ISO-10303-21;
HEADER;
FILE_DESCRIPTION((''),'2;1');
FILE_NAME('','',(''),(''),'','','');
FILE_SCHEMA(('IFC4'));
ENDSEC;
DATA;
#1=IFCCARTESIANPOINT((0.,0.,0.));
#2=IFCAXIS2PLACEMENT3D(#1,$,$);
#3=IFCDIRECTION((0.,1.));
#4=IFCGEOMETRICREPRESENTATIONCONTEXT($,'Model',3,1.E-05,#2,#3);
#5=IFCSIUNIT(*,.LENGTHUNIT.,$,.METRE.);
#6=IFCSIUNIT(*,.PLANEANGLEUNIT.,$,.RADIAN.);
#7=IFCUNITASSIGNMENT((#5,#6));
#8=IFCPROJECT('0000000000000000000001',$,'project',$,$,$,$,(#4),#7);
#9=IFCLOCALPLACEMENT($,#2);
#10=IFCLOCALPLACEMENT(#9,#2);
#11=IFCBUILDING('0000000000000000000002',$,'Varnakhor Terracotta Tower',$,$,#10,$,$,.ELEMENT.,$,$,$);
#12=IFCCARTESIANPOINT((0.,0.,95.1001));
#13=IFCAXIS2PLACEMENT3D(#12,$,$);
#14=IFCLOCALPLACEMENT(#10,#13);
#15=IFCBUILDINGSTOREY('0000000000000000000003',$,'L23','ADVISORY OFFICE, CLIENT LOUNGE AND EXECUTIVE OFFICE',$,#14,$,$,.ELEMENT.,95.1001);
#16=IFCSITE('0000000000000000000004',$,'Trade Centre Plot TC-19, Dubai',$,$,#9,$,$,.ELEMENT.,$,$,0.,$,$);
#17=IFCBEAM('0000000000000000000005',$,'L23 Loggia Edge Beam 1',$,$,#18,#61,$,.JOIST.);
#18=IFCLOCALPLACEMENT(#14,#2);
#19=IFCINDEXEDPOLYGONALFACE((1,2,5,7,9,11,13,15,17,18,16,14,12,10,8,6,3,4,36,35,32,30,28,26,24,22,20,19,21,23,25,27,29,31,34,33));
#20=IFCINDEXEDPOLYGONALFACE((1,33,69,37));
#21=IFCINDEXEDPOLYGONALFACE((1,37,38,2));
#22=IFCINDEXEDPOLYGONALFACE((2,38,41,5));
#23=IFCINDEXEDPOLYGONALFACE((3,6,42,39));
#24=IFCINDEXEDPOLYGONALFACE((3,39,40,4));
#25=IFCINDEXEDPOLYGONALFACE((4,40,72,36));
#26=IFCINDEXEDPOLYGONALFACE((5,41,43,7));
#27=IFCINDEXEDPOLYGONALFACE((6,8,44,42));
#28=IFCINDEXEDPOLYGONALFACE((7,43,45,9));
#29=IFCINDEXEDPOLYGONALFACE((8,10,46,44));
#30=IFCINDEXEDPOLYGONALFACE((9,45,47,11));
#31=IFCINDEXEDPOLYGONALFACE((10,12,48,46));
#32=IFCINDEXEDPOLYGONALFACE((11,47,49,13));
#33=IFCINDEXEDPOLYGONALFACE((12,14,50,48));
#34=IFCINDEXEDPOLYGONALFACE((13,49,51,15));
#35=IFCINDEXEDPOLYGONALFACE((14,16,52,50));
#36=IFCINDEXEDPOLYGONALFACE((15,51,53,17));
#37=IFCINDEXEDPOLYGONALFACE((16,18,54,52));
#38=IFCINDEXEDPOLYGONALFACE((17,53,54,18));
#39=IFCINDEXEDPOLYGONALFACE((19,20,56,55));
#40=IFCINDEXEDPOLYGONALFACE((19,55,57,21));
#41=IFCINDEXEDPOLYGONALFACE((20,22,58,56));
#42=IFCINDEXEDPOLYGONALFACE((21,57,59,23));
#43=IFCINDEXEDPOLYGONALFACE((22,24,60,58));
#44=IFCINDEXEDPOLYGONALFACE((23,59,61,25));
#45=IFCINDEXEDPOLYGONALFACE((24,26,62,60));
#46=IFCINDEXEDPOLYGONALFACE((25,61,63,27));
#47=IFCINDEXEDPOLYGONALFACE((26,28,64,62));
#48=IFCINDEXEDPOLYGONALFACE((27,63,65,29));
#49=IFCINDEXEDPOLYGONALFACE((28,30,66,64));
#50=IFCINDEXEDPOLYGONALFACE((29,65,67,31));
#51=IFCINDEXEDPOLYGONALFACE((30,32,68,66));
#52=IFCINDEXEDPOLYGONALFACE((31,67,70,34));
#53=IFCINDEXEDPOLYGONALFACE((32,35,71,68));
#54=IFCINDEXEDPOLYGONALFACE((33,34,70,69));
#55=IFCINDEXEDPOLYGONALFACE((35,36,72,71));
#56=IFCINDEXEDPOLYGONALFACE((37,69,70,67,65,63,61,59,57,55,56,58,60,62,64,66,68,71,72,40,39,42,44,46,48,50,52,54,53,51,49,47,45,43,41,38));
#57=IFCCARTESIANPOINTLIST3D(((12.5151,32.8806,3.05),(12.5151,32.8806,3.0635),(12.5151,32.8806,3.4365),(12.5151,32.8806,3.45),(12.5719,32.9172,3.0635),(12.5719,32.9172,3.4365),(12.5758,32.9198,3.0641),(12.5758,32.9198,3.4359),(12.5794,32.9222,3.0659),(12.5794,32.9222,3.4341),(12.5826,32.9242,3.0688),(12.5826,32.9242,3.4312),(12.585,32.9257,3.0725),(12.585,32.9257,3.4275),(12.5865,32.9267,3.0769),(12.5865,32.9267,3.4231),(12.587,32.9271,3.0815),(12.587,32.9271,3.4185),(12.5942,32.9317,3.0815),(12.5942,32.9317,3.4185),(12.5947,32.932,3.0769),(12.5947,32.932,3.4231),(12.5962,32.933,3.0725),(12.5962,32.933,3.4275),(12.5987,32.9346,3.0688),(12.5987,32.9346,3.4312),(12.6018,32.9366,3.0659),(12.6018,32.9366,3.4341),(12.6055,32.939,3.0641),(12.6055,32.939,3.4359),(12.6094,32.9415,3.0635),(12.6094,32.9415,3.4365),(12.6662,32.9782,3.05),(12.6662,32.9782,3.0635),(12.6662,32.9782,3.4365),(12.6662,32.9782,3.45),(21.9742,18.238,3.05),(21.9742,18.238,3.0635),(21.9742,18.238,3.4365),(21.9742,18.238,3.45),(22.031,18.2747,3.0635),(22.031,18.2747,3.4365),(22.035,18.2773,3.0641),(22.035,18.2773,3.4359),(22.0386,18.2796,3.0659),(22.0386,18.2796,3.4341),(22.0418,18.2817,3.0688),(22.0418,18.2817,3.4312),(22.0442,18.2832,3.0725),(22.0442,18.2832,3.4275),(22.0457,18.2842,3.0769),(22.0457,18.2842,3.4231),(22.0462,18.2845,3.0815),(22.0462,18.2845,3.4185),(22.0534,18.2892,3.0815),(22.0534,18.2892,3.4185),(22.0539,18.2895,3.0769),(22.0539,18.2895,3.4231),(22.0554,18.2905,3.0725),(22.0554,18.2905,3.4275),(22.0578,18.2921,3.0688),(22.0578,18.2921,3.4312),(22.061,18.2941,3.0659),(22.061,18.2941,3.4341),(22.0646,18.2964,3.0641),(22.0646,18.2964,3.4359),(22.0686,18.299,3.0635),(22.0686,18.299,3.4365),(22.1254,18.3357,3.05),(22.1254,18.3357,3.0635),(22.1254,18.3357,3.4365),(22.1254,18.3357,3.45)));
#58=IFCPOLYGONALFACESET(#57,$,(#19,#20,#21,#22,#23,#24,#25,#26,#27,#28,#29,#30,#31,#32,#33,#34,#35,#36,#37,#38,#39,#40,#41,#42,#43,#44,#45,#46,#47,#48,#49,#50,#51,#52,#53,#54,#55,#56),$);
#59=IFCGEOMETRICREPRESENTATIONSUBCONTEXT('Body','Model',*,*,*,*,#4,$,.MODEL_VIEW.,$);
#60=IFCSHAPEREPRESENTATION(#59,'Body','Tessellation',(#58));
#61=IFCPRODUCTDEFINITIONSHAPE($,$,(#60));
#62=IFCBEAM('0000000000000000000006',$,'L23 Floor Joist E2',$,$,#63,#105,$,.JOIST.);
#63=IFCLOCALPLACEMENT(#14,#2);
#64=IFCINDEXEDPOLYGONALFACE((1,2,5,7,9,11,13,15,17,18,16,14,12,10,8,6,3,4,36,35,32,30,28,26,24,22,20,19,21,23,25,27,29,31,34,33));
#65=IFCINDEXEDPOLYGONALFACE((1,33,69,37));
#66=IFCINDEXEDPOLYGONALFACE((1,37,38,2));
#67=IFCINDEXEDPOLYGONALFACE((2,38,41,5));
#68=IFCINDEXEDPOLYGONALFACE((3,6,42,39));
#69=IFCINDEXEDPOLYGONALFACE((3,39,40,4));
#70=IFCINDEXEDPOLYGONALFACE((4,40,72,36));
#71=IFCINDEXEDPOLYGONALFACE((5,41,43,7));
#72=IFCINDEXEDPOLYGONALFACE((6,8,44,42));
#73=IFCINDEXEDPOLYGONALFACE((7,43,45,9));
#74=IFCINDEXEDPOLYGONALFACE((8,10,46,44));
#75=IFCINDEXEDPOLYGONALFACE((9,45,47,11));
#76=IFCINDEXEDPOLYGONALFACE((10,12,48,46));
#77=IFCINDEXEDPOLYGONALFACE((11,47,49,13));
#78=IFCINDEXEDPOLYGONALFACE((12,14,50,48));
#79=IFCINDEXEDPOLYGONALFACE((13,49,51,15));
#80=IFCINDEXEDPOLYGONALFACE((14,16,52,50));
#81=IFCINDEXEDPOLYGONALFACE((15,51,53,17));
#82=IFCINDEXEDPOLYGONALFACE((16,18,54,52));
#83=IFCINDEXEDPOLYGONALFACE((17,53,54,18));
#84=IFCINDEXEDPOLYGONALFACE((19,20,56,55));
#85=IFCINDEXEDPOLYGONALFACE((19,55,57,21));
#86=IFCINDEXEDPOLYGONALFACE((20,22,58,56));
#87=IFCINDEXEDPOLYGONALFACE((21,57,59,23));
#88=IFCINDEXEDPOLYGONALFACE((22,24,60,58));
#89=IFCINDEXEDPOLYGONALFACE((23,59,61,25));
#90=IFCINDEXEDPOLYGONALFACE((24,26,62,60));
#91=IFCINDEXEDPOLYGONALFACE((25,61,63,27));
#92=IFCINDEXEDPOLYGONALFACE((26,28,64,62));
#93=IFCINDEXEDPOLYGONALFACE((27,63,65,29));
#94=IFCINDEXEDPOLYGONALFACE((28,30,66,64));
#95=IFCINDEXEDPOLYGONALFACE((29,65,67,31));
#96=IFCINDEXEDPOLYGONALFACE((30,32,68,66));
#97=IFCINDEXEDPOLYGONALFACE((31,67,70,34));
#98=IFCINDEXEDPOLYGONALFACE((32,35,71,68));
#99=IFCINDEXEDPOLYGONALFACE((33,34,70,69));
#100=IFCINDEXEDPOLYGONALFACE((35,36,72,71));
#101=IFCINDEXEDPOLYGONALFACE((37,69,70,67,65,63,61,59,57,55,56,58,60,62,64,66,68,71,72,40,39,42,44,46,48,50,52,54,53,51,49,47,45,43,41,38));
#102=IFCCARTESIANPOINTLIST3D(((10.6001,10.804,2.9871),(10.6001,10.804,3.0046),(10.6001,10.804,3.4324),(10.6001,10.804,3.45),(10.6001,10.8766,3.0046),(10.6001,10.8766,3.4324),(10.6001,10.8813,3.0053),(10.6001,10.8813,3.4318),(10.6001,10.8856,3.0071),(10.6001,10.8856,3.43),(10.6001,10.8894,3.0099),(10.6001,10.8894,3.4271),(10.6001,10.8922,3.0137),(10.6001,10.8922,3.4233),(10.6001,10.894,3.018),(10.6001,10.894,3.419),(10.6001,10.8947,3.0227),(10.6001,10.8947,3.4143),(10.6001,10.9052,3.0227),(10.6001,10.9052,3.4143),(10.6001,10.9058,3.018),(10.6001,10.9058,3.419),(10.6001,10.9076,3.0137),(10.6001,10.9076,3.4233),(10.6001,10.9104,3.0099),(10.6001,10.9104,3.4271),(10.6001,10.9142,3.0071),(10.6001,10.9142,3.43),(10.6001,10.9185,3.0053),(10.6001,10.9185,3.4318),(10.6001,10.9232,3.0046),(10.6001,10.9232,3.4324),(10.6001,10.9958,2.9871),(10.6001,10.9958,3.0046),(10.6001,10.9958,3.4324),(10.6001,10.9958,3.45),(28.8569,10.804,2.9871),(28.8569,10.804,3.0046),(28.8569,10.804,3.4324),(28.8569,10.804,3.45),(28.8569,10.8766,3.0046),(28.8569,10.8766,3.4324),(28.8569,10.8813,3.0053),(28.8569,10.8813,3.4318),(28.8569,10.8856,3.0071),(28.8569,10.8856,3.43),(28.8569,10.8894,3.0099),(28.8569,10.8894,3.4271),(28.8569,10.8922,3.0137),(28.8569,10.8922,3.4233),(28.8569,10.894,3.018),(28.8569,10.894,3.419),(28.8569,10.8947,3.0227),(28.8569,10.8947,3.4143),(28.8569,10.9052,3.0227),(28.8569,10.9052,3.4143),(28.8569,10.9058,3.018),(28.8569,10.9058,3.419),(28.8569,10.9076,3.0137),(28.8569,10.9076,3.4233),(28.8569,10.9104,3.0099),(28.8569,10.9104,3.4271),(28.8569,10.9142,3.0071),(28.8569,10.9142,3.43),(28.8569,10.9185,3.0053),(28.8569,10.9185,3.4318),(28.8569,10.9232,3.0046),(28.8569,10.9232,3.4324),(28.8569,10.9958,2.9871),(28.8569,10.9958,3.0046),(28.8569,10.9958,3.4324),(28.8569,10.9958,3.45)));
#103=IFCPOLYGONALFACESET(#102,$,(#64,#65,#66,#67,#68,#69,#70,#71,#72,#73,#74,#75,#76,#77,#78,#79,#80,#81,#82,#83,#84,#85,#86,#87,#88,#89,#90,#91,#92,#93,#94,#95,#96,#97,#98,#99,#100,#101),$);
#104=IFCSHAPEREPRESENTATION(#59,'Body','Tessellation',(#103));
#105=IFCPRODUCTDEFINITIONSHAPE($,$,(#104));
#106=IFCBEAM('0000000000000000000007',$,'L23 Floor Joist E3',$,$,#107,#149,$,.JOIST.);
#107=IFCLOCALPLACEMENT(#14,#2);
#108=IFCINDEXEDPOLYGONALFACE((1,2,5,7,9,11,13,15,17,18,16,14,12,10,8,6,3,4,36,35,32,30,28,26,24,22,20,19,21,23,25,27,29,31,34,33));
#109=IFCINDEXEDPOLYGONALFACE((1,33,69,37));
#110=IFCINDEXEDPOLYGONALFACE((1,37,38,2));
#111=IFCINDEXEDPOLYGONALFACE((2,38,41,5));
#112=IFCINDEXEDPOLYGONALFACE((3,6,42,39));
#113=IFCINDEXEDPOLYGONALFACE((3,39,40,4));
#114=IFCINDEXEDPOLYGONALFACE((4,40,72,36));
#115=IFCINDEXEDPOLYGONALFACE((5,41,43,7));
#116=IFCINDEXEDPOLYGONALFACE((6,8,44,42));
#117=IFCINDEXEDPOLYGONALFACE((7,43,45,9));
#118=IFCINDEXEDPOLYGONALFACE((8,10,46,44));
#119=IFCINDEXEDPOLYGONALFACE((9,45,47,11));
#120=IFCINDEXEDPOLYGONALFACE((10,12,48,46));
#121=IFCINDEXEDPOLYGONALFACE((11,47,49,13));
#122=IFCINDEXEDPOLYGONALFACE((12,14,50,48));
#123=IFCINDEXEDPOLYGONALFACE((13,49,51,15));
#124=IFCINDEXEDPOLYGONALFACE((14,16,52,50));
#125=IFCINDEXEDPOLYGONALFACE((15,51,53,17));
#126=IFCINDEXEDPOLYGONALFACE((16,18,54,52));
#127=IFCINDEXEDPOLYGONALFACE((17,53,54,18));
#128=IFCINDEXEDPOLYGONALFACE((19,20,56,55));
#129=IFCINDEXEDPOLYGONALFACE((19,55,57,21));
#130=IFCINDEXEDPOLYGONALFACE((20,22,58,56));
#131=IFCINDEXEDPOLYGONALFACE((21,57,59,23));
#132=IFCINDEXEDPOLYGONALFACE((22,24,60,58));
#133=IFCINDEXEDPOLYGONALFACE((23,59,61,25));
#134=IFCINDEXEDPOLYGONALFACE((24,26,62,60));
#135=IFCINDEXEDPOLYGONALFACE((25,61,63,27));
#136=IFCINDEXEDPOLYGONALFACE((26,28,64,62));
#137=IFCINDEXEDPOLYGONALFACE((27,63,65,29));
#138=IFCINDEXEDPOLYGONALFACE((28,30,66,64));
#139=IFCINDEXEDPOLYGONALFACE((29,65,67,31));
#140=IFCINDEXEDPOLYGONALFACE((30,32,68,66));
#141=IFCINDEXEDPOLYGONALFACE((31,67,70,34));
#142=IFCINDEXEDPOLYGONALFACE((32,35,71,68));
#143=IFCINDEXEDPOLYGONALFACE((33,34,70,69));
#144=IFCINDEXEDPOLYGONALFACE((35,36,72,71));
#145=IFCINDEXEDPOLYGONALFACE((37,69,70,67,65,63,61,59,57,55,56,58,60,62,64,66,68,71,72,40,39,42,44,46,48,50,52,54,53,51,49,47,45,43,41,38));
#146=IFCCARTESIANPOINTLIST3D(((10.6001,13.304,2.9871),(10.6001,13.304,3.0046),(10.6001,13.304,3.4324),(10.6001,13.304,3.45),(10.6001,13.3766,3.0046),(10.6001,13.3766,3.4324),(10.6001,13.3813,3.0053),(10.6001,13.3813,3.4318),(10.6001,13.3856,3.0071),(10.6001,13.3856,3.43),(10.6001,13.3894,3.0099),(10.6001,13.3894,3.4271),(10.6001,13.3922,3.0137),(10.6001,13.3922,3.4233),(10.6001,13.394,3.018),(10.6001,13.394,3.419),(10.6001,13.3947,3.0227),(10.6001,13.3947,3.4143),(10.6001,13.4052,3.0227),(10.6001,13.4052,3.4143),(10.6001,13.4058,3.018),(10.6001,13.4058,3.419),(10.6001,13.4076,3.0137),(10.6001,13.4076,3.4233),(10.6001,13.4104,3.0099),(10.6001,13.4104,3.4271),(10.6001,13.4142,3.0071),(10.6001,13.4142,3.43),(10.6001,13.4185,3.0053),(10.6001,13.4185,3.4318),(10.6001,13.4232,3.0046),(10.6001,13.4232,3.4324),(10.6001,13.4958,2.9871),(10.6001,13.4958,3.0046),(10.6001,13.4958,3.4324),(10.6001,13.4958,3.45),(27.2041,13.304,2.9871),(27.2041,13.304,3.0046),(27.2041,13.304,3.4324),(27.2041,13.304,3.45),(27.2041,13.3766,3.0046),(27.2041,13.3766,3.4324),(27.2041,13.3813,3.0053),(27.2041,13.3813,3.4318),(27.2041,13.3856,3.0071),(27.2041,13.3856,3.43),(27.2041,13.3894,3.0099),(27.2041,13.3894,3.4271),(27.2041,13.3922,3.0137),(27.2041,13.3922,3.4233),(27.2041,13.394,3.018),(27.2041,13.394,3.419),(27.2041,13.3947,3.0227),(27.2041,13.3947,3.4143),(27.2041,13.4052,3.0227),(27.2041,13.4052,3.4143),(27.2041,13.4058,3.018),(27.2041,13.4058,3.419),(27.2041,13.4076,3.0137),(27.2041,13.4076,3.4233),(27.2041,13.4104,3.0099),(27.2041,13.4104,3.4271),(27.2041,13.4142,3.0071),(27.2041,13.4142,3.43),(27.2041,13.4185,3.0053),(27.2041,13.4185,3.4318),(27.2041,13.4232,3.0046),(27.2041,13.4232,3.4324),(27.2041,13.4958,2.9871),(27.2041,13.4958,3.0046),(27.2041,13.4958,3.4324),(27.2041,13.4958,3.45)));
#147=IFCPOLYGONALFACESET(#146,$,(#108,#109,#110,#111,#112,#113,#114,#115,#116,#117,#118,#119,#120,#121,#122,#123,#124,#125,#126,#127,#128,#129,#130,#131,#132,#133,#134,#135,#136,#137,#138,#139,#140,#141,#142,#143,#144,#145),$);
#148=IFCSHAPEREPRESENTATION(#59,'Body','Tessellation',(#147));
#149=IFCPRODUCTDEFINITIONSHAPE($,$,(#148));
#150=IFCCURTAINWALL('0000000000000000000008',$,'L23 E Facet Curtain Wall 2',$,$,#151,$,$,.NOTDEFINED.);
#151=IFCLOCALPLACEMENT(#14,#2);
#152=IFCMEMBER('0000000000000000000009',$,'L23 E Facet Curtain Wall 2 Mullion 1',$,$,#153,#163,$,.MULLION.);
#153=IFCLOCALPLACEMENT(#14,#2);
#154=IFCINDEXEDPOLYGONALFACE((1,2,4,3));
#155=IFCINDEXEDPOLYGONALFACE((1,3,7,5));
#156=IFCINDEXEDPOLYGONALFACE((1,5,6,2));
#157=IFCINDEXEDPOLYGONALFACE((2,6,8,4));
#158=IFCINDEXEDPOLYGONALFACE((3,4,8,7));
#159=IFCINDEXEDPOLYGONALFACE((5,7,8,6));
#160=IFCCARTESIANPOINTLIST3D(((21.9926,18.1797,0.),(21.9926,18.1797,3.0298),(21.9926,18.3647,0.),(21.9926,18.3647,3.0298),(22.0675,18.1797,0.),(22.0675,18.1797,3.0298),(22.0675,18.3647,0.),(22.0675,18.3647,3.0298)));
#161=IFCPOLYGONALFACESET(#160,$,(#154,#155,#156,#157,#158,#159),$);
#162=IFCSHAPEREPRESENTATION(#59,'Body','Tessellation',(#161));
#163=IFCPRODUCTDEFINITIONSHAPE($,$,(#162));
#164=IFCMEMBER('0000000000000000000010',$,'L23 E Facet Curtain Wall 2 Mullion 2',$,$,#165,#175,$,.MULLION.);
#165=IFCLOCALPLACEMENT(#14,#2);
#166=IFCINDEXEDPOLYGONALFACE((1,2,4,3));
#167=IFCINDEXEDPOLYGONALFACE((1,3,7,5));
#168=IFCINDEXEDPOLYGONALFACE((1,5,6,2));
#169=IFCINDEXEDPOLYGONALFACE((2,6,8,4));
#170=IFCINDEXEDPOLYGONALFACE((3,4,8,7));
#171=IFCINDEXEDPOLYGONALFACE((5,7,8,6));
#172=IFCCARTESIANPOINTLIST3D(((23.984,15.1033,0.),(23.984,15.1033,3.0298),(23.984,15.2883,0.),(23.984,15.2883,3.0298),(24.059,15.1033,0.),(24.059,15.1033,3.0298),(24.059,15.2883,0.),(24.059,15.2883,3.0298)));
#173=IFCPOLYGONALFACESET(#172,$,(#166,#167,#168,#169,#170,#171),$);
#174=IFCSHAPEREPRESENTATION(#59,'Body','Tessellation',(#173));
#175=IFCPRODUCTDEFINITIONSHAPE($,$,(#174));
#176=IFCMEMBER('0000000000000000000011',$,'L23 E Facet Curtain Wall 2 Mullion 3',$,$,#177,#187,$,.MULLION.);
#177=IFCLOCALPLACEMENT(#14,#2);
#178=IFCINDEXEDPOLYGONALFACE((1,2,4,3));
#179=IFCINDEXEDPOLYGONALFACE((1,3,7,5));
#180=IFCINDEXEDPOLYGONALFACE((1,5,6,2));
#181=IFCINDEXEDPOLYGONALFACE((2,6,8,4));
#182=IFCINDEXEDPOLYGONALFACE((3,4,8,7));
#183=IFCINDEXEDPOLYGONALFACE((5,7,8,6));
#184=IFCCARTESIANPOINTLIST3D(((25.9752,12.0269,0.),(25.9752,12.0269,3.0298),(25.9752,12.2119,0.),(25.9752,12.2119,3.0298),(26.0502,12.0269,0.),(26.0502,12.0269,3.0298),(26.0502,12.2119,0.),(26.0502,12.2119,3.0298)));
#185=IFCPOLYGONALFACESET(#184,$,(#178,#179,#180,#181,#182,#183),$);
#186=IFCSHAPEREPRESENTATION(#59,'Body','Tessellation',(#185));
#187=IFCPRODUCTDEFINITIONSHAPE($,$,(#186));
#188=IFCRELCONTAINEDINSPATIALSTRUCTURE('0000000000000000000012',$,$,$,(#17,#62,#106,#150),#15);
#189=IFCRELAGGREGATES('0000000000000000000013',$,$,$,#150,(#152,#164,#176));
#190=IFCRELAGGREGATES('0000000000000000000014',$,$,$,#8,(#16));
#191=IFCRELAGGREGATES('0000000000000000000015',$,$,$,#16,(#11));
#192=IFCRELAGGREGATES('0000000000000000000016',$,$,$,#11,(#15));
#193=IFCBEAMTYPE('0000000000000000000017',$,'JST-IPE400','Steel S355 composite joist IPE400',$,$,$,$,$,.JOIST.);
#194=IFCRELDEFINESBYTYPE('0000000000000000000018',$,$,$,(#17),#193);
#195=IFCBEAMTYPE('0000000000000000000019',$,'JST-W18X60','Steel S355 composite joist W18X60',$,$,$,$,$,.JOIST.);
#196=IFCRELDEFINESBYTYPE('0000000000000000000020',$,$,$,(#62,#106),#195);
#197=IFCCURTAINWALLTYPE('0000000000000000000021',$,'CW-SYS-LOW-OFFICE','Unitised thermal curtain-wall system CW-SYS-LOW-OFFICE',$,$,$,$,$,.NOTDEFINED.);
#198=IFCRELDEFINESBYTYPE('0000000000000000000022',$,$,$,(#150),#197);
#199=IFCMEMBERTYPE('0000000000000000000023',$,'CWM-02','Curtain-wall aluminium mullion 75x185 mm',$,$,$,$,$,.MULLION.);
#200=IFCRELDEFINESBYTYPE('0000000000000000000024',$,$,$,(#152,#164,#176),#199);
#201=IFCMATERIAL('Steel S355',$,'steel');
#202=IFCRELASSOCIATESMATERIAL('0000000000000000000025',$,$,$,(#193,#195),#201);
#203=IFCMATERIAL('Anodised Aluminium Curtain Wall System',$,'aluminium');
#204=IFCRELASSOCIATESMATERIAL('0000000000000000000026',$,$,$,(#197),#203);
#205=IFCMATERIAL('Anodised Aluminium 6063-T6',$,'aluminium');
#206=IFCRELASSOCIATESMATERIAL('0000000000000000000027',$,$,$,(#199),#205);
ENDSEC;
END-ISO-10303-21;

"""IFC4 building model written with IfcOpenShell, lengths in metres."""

from ifc_helpers import new_model, si_unit, direction, frame, origin, origin_2d, place, context, subcontext, project, spatial, rectangle, i_section, extrude, source, transform, mapped, material, material_profile, profile_set, type_object, element, aggregate, save


model = new_model("IFC4")

# Units and contexts
model_context = context("Model", 3, precision=1e-05, world=origin(), true_north=direction((0.0, 1.0)))
body_context = subcontext(model_context, "Body", "Model", "MODEL_VIEW")
ifc_project = project(units=[si_unit("LENGTHUNIT", "METRE"), si_unit("PLANEANGLEUNIT", "RADIAN")], contexts=[model_context])

# Site, building, storey
site_placement = place(None, origin())
site = spatial("IfcSite", under=ifc_project, at=site_placement, Name="Trade Centre Plot TC-19, Dubai", CompositionType="ELEMENT", RefElevation=0.0)
building_placement = place(site_placement, origin())
building = spatial("IfcBuilding", under=site, at=building_placement, Name="Varnakhor Terracotta Tower", CompositionType="ELEMENT")
storey_placement = place(building_placement, frame((0.0, 0.0, 95.1001)))
storey = spatial("IfcBuildingStorey", under=building, at=storey_placement, Name="L23", Description="ADVISORY OFFICE, CLIENT LOUNGE AND EXECUTIVE OFFICE", CompositionType="ELEMENT", Elevation=95.1001)

# Beams
ifc_material_1 = material(Name="Steel S355", Category="steel")
ifc_material_profile_1 = material_profile(ifc_material_1, i_section(OverallWidth=0.1799, OverallDepth=0.3999, WebThickness=0.0085, FlangeThickness=0.0134, FilletRadius=0.0181, at=origin_2d()), Name="IPE400")
ifc_profile_set_1 = profile_set([ifc_material_profile_1], Name="Steel S355")
beam_type_1 = type_object("IfcBeamType", Name="JST-IPE400", Description="Steel S355 composite joist IPE400", PredefinedType="JOIST", material=ifc_profile_set_1)
shared_shape_1 = source(origin(), body_context, "Body", "SweptSolid", [
    extrude(i_section(OverallWidth=0.1799, OverallDepth=0.3999, WebThickness=0.0085, FlangeThickness=0.0134, FilletRadius=0.0181, at=origin_2d()), origin(), (0.0, 0.0, 1.0), 17.4321),
])
beam_1_placement = place(storey_placement, frame((22.0498, 18.2869, 3.25), z_axis=(-0.542629, 0.839972, 0.0), x_axis=(-0.839972, -0.542629, 0.0)))
element("IfcBeam", 1, at=beam_1_placement, inside=storey, type_object=beam_type_1, Name="L23 Loggia Edge Beam 1", PredefinedType="JOIST", context=body_context, shape_type="MappedRepresentation", body=[
    mapped(shared_shape_1, transform((0.0, 0.0, 0.0), scale=1.0)),
])
ifc_material_profile_2 = material_profile(ifc_material_1, i_section(OverallWidth=0.1919, OverallDepth=0.4629, WebThickness=0.0105, FlangeThickness=0.0176, FilletRadius=0.0181, at=origin_2d()), Name="W18X60")
ifc_profile_set_2 = profile_set([ifc_material_profile_2], Name="Steel S355")
beam_type_2 = type_object("IfcBeamType", Name="JST-W18X60", Description="Steel S355 composite joist W18X60", PredefinedType="JOIST", material=ifc_profile_set_2)
shared_shape_2 = source(origin(), body_context, "Body", "SweptSolid", [
    extrude(i_section(OverallWidth=0.1919, OverallDepth=0.4629, WebThickness=0.0105, FlangeThickness=0.0176, FilletRadius=0.0181, at=origin_2d()), origin(), (0.0, 0.0, 1.0), 18.2568),
])
beam_2_placement = place(storey_placement, frame((10.6001, 10.8999, 3.2185), z_axis=(1.0, 0.0, 0.0), x_axis=(0.0, 1.0, 0.0)))
element("IfcBeam", 2, at=beam_2_placement, inside=storey, type_object=beam_type_2, Name="L23 Floor Joist E2", PredefinedType="JOIST", context=body_context, shape_type="MappedRepresentation", body=[
    mapped(shared_shape_2, transform((0.0, 0.0, 0.0), scale=1.0)),
])
shared_shape_3 = source(origin(), body_context, "Body", "SweptSolid", [
    extrude(i_section(OverallWidth=0.1919, OverallDepth=0.4629, WebThickness=0.0105, FlangeThickness=0.0176, FilletRadius=0.0181, at=origin_2d()), origin(), (0.0, 0.0, 1.0), 16.604),
])
beam_3_placement = place(storey_placement, frame((10.6001, 13.3999, 3.2185), z_axis=(1.0, 0.0, 0.0), x_axis=(0.0, 1.0, 0.0)))
element("IfcBeam", 3, at=beam_3_placement, inside=storey, type_object=beam_type_2, Name="L23 Floor Joist E3", PredefinedType="JOIST", context=body_context, shape_type="MappedRepresentation", body=[
    mapped(shared_shape_3, transform((0.0, 0.0, 0.0), scale=1.0)),
])

# Curtain wall, members
ifc_material_2 = material(Name="Anodised Aluminium Curtain Wall System", Category="aluminium")
curtain_wall_type = type_object("IfcCurtainWallType", Name="CW-SYS-LOW-OFFICE", Description="Unitised thermal curtain-wall system CW-SYS-LOW-OFFICE", PredefinedType="NOTDEFINED", material=ifc_material_2)
curtain_wall_placement = place(storey_placement, origin())
curtain_wall = element("IfcCurtainWall", 4, at=curtain_wall_placement, inside=storey, type_object=curtain_wall_type, Name="L23 E Facet Curtain Wall 2", PredefinedType="NOTDEFINED")
ifc_material_3 = material(Name="Anodised Aluminium 6063-T6", Category="aluminium")
ifc_material_profile_3 = material_profile(ifc_material_3, rectangle(XDim=0.075, YDim=0.1851, at=origin_2d()), Name="ALU MULLION 75x185")
ifc_profile_set_3 = profile_set([ifc_material_profile_3], Name="Anodised Aluminium 6063-T6")
member_type_1 = type_object("IfcMemberType", Name="CWM-02", Description="Curtain-wall aluminium mullion 75x185 mm", PredefinedType="MULLION", material=ifc_profile_set_3)
shared_shape_4 = source(origin(), body_context, "Body", "SweptSolid", [
    extrude(rectangle(XDim=0.075, YDim=0.1851, at=origin_2d()), origin(), (0.0, 0.0, 1.0), 3.0298),
])
member_1_placement = place(storey_placement, frame((22.03, 18.2722, 0.0), z_axis=(0.0, 0.0, 1.0), x_axis=(1.0, 0.0, 0.0)))
member_1 = element("IfcMember", 5, at=member_1_placement, type_object=member_type_1, Name="L23 E Facet Curtain Wall 2 Mullion 1", PredefinedType="MULLION", context=body_context, shape_type="MappedRepresentation", body=[
    mapped(shared_shape_4, transform((0.0, 0.0, 0.0), scale=1.0)),
])
member_2_placement = place(storey_placement, frame((24.0215, 15.1958, 0.0), z_axis=(0.0, 0.0, 1.0), x_axis=(1.0, 0.0, 0.0)))
member_2 = element("IfcMember", 6, at=member_2_placement, type_object=member_type_1, Name="L23 E Facet Curtain Wall 2 Mullion 2", PredefinedType="MULLION", context=body_context, shape_type="MappedRepresentation", body=[
    mapped(shared_shape_4, transform((0.0, 0.0, 0.0), scale=1.0)),
])
member_3_placement = place(storey_placement, frame((26.0127, 12.1194, 0.0), z_axis=(0.0, 0.0, 1.0), x_axis=(1.0, 0.0, 0.0)))
member_3 = element("IfcMember", 7, at=member_3_placement, type_object=member_type_1, Name="L23 E Facet Curtain Wall 2 Mullion 3", PredefinedType="MULLION", context=body_context, shape_type="MappedRepresentation", body=[
    mapped(shared_shape_4, transform((0.0, 0.0, 0.0), scale=1.0)),
])

aggregate(curtain_wall, [member_1, member_2, member_3])

save(model, "model.ifc")
